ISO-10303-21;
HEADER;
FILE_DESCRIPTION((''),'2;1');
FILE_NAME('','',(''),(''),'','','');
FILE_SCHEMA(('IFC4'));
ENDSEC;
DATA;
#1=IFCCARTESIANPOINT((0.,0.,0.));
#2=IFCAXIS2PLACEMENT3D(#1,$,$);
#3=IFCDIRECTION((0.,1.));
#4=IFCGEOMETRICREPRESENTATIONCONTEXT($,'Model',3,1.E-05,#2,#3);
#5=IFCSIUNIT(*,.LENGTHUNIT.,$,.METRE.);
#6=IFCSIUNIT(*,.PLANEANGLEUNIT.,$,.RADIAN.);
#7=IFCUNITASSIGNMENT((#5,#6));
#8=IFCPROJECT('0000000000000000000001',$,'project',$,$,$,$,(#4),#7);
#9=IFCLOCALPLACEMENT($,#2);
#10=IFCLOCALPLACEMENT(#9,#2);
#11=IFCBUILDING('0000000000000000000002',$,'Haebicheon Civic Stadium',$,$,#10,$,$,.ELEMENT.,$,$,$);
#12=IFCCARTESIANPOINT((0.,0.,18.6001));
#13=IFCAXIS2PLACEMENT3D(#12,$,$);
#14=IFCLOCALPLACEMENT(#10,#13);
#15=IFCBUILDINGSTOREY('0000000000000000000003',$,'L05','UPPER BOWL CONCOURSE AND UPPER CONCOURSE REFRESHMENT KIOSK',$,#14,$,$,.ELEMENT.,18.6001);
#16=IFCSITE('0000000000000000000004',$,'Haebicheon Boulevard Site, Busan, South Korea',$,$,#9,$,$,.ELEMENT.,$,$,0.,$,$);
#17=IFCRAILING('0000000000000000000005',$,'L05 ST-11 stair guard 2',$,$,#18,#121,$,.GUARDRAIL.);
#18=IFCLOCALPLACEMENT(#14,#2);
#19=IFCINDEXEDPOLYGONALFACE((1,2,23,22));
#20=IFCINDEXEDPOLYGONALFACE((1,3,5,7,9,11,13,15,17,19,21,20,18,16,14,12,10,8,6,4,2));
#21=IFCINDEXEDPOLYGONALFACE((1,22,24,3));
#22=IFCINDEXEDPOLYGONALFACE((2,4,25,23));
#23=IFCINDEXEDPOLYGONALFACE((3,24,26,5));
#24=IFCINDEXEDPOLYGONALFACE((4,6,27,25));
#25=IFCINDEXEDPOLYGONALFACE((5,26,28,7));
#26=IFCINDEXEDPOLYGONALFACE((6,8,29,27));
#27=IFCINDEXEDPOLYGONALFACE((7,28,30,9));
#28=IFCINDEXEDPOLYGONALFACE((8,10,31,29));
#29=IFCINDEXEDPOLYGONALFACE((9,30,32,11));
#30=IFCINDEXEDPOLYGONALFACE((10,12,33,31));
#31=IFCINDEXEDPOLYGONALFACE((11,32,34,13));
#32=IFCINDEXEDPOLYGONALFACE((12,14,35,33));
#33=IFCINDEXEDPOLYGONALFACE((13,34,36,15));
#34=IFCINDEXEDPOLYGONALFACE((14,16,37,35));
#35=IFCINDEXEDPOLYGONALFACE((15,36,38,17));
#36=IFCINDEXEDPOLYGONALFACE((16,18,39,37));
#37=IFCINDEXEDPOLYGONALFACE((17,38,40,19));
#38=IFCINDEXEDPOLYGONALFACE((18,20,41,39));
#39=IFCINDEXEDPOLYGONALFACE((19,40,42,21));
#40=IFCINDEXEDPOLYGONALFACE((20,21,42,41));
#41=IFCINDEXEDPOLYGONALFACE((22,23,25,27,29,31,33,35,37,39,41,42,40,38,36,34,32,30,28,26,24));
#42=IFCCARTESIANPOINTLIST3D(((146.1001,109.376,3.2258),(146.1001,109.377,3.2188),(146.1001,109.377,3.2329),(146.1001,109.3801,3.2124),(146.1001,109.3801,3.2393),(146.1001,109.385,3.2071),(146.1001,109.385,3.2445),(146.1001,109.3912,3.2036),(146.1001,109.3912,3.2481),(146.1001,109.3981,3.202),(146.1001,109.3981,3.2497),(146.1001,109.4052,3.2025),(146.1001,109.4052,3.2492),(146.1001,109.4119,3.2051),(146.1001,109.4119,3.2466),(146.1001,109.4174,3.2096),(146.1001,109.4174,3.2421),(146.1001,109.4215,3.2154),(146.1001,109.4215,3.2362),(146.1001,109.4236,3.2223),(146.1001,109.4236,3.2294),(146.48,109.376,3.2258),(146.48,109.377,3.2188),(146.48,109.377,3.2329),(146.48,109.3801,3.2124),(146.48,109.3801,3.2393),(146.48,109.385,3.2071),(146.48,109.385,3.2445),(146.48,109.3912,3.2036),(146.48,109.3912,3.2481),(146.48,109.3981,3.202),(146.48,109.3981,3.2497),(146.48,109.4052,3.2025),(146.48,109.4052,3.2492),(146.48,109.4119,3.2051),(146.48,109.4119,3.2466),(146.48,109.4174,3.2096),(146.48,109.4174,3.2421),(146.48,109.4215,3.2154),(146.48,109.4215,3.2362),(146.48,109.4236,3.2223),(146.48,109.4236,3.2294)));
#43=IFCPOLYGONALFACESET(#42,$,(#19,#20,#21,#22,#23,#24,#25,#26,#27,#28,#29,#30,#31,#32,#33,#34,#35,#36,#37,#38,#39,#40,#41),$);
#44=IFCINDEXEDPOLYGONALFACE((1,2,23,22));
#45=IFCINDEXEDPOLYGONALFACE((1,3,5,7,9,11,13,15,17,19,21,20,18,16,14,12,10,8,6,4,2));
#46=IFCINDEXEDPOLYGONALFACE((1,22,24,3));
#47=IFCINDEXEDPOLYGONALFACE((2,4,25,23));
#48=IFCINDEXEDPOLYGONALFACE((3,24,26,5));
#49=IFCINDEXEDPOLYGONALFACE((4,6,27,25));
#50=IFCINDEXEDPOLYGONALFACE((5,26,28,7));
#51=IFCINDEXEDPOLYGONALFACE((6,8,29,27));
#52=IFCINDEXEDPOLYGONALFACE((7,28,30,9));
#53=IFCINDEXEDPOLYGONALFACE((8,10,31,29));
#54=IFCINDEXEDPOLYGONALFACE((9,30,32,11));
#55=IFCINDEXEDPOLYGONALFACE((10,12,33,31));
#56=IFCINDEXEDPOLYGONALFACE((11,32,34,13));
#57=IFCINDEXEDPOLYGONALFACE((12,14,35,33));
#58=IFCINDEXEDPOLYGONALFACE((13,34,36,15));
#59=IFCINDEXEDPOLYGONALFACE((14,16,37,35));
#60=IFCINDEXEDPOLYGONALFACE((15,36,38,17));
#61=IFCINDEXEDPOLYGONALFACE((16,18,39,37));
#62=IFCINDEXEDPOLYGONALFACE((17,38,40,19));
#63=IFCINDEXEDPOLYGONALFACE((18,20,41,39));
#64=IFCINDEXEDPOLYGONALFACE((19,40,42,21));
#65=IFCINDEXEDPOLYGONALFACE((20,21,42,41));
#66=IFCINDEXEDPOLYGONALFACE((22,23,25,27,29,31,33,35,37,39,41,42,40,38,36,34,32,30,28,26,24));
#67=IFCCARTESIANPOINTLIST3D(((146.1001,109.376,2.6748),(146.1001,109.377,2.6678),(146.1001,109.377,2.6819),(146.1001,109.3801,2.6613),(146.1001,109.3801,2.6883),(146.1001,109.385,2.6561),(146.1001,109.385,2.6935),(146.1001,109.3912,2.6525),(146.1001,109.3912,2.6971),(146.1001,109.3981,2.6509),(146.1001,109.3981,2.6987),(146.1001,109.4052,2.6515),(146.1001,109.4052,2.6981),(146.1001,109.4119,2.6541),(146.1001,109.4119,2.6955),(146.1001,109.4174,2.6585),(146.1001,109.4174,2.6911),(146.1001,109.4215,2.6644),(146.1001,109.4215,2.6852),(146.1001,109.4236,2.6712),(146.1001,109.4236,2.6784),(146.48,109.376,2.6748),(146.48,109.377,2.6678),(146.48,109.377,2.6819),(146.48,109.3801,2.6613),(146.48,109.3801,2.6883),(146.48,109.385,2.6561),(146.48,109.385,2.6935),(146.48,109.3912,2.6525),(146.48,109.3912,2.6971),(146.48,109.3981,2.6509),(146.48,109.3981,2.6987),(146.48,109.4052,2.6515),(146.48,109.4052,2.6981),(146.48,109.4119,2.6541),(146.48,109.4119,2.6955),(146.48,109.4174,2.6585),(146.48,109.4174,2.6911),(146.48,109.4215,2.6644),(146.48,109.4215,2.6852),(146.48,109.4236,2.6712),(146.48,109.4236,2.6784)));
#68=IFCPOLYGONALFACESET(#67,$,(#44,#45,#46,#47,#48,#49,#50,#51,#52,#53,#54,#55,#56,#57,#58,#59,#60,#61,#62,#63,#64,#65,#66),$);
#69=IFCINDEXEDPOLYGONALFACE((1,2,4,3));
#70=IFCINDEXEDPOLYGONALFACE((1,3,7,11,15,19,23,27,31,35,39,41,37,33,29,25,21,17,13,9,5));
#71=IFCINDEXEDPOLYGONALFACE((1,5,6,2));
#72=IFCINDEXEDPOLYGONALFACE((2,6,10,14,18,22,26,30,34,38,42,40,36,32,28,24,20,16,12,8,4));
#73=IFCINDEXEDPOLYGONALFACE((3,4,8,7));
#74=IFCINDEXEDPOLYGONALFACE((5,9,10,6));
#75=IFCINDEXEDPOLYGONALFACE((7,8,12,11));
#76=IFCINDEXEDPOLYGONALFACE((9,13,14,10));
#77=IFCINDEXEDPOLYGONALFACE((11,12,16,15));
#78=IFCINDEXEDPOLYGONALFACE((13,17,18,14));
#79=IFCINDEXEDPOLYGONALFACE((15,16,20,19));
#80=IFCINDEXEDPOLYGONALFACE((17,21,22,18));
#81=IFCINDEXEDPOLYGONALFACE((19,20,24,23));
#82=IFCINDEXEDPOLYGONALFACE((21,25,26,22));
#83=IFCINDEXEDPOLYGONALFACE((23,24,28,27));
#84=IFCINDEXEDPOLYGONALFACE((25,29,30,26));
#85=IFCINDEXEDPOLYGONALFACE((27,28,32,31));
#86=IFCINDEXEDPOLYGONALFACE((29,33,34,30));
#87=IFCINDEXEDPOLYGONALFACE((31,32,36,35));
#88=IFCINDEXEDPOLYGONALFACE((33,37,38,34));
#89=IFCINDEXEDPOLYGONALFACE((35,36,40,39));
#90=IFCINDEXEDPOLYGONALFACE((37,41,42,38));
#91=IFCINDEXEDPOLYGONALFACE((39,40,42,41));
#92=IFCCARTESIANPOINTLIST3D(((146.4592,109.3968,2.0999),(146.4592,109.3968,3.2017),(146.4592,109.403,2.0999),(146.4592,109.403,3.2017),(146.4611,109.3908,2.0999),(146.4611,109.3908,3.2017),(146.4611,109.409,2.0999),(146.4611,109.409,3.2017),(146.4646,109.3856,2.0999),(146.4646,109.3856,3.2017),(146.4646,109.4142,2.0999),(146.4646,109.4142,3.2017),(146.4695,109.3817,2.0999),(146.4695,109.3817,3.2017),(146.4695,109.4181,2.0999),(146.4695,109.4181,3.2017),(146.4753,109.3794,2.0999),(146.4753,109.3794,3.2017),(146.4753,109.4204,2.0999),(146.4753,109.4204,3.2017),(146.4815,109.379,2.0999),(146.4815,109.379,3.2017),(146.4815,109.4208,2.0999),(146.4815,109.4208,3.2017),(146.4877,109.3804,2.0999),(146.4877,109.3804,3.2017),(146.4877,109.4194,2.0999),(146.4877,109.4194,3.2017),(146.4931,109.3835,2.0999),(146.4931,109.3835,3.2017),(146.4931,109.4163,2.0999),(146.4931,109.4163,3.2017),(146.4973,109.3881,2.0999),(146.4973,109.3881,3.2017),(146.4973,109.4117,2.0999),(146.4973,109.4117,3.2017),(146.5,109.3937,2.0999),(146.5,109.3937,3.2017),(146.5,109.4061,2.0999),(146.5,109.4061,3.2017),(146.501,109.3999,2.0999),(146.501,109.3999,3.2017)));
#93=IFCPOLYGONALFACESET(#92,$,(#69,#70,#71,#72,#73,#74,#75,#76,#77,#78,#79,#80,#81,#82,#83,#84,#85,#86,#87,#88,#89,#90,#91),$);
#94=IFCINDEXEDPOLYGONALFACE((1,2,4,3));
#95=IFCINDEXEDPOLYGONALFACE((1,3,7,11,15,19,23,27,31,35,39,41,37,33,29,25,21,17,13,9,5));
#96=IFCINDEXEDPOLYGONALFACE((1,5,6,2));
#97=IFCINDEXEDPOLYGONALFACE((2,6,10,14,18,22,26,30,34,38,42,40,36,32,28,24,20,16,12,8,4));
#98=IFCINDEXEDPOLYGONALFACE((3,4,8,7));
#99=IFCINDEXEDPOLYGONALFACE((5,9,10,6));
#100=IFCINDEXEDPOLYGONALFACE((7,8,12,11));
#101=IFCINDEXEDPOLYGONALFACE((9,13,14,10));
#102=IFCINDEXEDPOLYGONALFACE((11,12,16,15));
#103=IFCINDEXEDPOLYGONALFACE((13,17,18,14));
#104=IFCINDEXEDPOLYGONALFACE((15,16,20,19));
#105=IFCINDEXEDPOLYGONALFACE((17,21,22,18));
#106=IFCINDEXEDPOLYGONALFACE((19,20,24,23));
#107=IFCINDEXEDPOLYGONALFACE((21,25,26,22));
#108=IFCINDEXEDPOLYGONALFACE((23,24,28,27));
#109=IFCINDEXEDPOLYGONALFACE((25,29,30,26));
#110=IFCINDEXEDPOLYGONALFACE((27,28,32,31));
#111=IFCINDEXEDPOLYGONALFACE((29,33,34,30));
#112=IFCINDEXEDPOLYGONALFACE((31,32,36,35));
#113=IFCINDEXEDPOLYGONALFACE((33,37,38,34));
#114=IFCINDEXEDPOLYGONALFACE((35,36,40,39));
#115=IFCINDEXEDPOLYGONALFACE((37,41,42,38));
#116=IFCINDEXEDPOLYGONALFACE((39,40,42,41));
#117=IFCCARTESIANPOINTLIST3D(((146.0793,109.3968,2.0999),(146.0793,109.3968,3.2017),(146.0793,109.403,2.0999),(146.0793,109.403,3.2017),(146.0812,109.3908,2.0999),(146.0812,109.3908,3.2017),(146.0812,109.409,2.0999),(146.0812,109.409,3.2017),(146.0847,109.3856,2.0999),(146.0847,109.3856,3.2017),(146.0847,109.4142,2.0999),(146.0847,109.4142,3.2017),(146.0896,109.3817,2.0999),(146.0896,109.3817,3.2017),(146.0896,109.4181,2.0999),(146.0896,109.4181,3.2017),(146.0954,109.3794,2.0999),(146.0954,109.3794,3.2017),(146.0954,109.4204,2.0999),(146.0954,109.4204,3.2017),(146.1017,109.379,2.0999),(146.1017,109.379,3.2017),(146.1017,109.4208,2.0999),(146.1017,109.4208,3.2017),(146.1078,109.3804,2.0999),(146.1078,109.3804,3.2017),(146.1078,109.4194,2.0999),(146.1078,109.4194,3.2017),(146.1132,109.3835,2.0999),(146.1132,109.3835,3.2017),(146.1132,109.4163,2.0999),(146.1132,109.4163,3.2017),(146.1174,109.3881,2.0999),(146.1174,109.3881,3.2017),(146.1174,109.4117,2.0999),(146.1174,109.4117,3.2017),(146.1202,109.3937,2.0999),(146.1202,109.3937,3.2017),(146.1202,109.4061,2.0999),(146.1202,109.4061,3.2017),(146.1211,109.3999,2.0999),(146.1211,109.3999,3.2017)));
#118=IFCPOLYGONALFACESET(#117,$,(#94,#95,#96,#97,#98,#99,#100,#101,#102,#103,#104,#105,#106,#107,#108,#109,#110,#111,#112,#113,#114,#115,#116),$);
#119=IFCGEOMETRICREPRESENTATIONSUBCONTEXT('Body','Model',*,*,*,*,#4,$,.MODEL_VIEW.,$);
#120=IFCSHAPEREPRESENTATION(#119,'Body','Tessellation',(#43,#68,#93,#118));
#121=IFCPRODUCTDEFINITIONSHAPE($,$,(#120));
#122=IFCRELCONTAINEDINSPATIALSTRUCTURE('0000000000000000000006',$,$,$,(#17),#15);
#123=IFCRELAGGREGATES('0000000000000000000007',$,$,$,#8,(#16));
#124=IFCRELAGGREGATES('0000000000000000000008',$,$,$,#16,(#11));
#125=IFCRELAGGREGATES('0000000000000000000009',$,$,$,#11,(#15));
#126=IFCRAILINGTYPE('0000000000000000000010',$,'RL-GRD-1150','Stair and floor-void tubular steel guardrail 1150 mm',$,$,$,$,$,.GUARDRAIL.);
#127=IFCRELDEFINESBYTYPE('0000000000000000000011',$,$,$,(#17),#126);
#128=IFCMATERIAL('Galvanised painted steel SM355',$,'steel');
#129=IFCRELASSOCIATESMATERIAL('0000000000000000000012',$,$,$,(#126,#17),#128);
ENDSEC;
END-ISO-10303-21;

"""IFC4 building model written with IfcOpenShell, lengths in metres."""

from ifc_helpers import new_model, si_unit, direction, frame, origin, origin_2d, place, context, subcontext, project, spatial, circle, extrude, material, type_object, element, save


model = new_model("IFC4")

# Units and contexts
model_context = context("Model", 3, precision=1e-05, world=origin(), true_north=direction((0.0, 1.0)))
body_context = subcontext(model_context, "Body", "Model", "MODEL_VIEW")
ifc_project = project(units=[si_unit("LENGTHUNIT", "METRE"), si_unit("PLANEANGLEUNIT", "RADIAN")], contexts=[model_context])

# Site, building, storey
site_placement = place(None, origin())
site = spatial("IfcSite", under=ifc_project, at=site_placement, Name="Haebicheon Boulevard Site, Busan, South Korea", CompositionType="ELEMENT", RefElevation=0.0)
building_placement = place(site_placement, origin())
building = spatial("IfcBuilding", under=site, at=building_placement, Name="Haebicheon Civic Stadium", CompositionType="ELEMENT")
storey_placement = place(building_placement, frame((0.0, 0.0, 18.6001)))
storey = spatial("IfcBuildingStorey", under=building, at=storey_placement, Name="L05", Description="UPPER BOWL CONCOURSE AND UPPER CONCOURSE REFRESHMENT KIOSK", CompositionType="ELEMENT", Elevation=18.6001)

# Railing
ifc_material_1 = material(Name="Galvanised painted steel SM355", Category="steel")
railing_type_1 = type_object("IfcRailingType", Name="RL-GRD-1150", Description="Stair and floor-void tubular steel guardrail 1150 mm", PredefinedType="GUARDRAIL", material=ifc_material_1)
railing_1_placement = place(storey_placement, frame((146.48, 109.3999, 2.0999)))
element("IfcRailing", 1, at=railing_1_placement, inside=storey, type_object=railing_type_1, material=ifc_material_1, Name="L05 ST-11 stair guard 2", PredefinedType="GUARDRAIL", context=body_context, shape_type="SweptSolid", body=[
    extrude(circle(Radius=0.0239, at=origin_2d()), frame((0.0, 0.0, 1.126), z_axis=(-1.0, 0.0, 0.0), x_axis=(0.0, -1.0, 0.0)), (0.0, 0.0, 1.0), 0.3799),
    extrude(circle(Radius=0.0239, at=origin_2d()), frame((0.0, 0.0, 0.575), z_axis=(-1.0, 0.0, 0.0), x_axis=(0.0, -1.0, 0.0)), (0.0, 0.0, 1.0), 0.3799),
    extrude(circle(Radius=0.021, at=origin_2d()), origin(), (0.0, 0.0, 1.0), 1.1018),
    extrude(circle(Radius=0.021, at=origin_2d()), frame((-0.3799, 0.0, 0.0)), (0.0, 0.0, 1.0), 1.1018),
])

save(model, "model.ifc")
